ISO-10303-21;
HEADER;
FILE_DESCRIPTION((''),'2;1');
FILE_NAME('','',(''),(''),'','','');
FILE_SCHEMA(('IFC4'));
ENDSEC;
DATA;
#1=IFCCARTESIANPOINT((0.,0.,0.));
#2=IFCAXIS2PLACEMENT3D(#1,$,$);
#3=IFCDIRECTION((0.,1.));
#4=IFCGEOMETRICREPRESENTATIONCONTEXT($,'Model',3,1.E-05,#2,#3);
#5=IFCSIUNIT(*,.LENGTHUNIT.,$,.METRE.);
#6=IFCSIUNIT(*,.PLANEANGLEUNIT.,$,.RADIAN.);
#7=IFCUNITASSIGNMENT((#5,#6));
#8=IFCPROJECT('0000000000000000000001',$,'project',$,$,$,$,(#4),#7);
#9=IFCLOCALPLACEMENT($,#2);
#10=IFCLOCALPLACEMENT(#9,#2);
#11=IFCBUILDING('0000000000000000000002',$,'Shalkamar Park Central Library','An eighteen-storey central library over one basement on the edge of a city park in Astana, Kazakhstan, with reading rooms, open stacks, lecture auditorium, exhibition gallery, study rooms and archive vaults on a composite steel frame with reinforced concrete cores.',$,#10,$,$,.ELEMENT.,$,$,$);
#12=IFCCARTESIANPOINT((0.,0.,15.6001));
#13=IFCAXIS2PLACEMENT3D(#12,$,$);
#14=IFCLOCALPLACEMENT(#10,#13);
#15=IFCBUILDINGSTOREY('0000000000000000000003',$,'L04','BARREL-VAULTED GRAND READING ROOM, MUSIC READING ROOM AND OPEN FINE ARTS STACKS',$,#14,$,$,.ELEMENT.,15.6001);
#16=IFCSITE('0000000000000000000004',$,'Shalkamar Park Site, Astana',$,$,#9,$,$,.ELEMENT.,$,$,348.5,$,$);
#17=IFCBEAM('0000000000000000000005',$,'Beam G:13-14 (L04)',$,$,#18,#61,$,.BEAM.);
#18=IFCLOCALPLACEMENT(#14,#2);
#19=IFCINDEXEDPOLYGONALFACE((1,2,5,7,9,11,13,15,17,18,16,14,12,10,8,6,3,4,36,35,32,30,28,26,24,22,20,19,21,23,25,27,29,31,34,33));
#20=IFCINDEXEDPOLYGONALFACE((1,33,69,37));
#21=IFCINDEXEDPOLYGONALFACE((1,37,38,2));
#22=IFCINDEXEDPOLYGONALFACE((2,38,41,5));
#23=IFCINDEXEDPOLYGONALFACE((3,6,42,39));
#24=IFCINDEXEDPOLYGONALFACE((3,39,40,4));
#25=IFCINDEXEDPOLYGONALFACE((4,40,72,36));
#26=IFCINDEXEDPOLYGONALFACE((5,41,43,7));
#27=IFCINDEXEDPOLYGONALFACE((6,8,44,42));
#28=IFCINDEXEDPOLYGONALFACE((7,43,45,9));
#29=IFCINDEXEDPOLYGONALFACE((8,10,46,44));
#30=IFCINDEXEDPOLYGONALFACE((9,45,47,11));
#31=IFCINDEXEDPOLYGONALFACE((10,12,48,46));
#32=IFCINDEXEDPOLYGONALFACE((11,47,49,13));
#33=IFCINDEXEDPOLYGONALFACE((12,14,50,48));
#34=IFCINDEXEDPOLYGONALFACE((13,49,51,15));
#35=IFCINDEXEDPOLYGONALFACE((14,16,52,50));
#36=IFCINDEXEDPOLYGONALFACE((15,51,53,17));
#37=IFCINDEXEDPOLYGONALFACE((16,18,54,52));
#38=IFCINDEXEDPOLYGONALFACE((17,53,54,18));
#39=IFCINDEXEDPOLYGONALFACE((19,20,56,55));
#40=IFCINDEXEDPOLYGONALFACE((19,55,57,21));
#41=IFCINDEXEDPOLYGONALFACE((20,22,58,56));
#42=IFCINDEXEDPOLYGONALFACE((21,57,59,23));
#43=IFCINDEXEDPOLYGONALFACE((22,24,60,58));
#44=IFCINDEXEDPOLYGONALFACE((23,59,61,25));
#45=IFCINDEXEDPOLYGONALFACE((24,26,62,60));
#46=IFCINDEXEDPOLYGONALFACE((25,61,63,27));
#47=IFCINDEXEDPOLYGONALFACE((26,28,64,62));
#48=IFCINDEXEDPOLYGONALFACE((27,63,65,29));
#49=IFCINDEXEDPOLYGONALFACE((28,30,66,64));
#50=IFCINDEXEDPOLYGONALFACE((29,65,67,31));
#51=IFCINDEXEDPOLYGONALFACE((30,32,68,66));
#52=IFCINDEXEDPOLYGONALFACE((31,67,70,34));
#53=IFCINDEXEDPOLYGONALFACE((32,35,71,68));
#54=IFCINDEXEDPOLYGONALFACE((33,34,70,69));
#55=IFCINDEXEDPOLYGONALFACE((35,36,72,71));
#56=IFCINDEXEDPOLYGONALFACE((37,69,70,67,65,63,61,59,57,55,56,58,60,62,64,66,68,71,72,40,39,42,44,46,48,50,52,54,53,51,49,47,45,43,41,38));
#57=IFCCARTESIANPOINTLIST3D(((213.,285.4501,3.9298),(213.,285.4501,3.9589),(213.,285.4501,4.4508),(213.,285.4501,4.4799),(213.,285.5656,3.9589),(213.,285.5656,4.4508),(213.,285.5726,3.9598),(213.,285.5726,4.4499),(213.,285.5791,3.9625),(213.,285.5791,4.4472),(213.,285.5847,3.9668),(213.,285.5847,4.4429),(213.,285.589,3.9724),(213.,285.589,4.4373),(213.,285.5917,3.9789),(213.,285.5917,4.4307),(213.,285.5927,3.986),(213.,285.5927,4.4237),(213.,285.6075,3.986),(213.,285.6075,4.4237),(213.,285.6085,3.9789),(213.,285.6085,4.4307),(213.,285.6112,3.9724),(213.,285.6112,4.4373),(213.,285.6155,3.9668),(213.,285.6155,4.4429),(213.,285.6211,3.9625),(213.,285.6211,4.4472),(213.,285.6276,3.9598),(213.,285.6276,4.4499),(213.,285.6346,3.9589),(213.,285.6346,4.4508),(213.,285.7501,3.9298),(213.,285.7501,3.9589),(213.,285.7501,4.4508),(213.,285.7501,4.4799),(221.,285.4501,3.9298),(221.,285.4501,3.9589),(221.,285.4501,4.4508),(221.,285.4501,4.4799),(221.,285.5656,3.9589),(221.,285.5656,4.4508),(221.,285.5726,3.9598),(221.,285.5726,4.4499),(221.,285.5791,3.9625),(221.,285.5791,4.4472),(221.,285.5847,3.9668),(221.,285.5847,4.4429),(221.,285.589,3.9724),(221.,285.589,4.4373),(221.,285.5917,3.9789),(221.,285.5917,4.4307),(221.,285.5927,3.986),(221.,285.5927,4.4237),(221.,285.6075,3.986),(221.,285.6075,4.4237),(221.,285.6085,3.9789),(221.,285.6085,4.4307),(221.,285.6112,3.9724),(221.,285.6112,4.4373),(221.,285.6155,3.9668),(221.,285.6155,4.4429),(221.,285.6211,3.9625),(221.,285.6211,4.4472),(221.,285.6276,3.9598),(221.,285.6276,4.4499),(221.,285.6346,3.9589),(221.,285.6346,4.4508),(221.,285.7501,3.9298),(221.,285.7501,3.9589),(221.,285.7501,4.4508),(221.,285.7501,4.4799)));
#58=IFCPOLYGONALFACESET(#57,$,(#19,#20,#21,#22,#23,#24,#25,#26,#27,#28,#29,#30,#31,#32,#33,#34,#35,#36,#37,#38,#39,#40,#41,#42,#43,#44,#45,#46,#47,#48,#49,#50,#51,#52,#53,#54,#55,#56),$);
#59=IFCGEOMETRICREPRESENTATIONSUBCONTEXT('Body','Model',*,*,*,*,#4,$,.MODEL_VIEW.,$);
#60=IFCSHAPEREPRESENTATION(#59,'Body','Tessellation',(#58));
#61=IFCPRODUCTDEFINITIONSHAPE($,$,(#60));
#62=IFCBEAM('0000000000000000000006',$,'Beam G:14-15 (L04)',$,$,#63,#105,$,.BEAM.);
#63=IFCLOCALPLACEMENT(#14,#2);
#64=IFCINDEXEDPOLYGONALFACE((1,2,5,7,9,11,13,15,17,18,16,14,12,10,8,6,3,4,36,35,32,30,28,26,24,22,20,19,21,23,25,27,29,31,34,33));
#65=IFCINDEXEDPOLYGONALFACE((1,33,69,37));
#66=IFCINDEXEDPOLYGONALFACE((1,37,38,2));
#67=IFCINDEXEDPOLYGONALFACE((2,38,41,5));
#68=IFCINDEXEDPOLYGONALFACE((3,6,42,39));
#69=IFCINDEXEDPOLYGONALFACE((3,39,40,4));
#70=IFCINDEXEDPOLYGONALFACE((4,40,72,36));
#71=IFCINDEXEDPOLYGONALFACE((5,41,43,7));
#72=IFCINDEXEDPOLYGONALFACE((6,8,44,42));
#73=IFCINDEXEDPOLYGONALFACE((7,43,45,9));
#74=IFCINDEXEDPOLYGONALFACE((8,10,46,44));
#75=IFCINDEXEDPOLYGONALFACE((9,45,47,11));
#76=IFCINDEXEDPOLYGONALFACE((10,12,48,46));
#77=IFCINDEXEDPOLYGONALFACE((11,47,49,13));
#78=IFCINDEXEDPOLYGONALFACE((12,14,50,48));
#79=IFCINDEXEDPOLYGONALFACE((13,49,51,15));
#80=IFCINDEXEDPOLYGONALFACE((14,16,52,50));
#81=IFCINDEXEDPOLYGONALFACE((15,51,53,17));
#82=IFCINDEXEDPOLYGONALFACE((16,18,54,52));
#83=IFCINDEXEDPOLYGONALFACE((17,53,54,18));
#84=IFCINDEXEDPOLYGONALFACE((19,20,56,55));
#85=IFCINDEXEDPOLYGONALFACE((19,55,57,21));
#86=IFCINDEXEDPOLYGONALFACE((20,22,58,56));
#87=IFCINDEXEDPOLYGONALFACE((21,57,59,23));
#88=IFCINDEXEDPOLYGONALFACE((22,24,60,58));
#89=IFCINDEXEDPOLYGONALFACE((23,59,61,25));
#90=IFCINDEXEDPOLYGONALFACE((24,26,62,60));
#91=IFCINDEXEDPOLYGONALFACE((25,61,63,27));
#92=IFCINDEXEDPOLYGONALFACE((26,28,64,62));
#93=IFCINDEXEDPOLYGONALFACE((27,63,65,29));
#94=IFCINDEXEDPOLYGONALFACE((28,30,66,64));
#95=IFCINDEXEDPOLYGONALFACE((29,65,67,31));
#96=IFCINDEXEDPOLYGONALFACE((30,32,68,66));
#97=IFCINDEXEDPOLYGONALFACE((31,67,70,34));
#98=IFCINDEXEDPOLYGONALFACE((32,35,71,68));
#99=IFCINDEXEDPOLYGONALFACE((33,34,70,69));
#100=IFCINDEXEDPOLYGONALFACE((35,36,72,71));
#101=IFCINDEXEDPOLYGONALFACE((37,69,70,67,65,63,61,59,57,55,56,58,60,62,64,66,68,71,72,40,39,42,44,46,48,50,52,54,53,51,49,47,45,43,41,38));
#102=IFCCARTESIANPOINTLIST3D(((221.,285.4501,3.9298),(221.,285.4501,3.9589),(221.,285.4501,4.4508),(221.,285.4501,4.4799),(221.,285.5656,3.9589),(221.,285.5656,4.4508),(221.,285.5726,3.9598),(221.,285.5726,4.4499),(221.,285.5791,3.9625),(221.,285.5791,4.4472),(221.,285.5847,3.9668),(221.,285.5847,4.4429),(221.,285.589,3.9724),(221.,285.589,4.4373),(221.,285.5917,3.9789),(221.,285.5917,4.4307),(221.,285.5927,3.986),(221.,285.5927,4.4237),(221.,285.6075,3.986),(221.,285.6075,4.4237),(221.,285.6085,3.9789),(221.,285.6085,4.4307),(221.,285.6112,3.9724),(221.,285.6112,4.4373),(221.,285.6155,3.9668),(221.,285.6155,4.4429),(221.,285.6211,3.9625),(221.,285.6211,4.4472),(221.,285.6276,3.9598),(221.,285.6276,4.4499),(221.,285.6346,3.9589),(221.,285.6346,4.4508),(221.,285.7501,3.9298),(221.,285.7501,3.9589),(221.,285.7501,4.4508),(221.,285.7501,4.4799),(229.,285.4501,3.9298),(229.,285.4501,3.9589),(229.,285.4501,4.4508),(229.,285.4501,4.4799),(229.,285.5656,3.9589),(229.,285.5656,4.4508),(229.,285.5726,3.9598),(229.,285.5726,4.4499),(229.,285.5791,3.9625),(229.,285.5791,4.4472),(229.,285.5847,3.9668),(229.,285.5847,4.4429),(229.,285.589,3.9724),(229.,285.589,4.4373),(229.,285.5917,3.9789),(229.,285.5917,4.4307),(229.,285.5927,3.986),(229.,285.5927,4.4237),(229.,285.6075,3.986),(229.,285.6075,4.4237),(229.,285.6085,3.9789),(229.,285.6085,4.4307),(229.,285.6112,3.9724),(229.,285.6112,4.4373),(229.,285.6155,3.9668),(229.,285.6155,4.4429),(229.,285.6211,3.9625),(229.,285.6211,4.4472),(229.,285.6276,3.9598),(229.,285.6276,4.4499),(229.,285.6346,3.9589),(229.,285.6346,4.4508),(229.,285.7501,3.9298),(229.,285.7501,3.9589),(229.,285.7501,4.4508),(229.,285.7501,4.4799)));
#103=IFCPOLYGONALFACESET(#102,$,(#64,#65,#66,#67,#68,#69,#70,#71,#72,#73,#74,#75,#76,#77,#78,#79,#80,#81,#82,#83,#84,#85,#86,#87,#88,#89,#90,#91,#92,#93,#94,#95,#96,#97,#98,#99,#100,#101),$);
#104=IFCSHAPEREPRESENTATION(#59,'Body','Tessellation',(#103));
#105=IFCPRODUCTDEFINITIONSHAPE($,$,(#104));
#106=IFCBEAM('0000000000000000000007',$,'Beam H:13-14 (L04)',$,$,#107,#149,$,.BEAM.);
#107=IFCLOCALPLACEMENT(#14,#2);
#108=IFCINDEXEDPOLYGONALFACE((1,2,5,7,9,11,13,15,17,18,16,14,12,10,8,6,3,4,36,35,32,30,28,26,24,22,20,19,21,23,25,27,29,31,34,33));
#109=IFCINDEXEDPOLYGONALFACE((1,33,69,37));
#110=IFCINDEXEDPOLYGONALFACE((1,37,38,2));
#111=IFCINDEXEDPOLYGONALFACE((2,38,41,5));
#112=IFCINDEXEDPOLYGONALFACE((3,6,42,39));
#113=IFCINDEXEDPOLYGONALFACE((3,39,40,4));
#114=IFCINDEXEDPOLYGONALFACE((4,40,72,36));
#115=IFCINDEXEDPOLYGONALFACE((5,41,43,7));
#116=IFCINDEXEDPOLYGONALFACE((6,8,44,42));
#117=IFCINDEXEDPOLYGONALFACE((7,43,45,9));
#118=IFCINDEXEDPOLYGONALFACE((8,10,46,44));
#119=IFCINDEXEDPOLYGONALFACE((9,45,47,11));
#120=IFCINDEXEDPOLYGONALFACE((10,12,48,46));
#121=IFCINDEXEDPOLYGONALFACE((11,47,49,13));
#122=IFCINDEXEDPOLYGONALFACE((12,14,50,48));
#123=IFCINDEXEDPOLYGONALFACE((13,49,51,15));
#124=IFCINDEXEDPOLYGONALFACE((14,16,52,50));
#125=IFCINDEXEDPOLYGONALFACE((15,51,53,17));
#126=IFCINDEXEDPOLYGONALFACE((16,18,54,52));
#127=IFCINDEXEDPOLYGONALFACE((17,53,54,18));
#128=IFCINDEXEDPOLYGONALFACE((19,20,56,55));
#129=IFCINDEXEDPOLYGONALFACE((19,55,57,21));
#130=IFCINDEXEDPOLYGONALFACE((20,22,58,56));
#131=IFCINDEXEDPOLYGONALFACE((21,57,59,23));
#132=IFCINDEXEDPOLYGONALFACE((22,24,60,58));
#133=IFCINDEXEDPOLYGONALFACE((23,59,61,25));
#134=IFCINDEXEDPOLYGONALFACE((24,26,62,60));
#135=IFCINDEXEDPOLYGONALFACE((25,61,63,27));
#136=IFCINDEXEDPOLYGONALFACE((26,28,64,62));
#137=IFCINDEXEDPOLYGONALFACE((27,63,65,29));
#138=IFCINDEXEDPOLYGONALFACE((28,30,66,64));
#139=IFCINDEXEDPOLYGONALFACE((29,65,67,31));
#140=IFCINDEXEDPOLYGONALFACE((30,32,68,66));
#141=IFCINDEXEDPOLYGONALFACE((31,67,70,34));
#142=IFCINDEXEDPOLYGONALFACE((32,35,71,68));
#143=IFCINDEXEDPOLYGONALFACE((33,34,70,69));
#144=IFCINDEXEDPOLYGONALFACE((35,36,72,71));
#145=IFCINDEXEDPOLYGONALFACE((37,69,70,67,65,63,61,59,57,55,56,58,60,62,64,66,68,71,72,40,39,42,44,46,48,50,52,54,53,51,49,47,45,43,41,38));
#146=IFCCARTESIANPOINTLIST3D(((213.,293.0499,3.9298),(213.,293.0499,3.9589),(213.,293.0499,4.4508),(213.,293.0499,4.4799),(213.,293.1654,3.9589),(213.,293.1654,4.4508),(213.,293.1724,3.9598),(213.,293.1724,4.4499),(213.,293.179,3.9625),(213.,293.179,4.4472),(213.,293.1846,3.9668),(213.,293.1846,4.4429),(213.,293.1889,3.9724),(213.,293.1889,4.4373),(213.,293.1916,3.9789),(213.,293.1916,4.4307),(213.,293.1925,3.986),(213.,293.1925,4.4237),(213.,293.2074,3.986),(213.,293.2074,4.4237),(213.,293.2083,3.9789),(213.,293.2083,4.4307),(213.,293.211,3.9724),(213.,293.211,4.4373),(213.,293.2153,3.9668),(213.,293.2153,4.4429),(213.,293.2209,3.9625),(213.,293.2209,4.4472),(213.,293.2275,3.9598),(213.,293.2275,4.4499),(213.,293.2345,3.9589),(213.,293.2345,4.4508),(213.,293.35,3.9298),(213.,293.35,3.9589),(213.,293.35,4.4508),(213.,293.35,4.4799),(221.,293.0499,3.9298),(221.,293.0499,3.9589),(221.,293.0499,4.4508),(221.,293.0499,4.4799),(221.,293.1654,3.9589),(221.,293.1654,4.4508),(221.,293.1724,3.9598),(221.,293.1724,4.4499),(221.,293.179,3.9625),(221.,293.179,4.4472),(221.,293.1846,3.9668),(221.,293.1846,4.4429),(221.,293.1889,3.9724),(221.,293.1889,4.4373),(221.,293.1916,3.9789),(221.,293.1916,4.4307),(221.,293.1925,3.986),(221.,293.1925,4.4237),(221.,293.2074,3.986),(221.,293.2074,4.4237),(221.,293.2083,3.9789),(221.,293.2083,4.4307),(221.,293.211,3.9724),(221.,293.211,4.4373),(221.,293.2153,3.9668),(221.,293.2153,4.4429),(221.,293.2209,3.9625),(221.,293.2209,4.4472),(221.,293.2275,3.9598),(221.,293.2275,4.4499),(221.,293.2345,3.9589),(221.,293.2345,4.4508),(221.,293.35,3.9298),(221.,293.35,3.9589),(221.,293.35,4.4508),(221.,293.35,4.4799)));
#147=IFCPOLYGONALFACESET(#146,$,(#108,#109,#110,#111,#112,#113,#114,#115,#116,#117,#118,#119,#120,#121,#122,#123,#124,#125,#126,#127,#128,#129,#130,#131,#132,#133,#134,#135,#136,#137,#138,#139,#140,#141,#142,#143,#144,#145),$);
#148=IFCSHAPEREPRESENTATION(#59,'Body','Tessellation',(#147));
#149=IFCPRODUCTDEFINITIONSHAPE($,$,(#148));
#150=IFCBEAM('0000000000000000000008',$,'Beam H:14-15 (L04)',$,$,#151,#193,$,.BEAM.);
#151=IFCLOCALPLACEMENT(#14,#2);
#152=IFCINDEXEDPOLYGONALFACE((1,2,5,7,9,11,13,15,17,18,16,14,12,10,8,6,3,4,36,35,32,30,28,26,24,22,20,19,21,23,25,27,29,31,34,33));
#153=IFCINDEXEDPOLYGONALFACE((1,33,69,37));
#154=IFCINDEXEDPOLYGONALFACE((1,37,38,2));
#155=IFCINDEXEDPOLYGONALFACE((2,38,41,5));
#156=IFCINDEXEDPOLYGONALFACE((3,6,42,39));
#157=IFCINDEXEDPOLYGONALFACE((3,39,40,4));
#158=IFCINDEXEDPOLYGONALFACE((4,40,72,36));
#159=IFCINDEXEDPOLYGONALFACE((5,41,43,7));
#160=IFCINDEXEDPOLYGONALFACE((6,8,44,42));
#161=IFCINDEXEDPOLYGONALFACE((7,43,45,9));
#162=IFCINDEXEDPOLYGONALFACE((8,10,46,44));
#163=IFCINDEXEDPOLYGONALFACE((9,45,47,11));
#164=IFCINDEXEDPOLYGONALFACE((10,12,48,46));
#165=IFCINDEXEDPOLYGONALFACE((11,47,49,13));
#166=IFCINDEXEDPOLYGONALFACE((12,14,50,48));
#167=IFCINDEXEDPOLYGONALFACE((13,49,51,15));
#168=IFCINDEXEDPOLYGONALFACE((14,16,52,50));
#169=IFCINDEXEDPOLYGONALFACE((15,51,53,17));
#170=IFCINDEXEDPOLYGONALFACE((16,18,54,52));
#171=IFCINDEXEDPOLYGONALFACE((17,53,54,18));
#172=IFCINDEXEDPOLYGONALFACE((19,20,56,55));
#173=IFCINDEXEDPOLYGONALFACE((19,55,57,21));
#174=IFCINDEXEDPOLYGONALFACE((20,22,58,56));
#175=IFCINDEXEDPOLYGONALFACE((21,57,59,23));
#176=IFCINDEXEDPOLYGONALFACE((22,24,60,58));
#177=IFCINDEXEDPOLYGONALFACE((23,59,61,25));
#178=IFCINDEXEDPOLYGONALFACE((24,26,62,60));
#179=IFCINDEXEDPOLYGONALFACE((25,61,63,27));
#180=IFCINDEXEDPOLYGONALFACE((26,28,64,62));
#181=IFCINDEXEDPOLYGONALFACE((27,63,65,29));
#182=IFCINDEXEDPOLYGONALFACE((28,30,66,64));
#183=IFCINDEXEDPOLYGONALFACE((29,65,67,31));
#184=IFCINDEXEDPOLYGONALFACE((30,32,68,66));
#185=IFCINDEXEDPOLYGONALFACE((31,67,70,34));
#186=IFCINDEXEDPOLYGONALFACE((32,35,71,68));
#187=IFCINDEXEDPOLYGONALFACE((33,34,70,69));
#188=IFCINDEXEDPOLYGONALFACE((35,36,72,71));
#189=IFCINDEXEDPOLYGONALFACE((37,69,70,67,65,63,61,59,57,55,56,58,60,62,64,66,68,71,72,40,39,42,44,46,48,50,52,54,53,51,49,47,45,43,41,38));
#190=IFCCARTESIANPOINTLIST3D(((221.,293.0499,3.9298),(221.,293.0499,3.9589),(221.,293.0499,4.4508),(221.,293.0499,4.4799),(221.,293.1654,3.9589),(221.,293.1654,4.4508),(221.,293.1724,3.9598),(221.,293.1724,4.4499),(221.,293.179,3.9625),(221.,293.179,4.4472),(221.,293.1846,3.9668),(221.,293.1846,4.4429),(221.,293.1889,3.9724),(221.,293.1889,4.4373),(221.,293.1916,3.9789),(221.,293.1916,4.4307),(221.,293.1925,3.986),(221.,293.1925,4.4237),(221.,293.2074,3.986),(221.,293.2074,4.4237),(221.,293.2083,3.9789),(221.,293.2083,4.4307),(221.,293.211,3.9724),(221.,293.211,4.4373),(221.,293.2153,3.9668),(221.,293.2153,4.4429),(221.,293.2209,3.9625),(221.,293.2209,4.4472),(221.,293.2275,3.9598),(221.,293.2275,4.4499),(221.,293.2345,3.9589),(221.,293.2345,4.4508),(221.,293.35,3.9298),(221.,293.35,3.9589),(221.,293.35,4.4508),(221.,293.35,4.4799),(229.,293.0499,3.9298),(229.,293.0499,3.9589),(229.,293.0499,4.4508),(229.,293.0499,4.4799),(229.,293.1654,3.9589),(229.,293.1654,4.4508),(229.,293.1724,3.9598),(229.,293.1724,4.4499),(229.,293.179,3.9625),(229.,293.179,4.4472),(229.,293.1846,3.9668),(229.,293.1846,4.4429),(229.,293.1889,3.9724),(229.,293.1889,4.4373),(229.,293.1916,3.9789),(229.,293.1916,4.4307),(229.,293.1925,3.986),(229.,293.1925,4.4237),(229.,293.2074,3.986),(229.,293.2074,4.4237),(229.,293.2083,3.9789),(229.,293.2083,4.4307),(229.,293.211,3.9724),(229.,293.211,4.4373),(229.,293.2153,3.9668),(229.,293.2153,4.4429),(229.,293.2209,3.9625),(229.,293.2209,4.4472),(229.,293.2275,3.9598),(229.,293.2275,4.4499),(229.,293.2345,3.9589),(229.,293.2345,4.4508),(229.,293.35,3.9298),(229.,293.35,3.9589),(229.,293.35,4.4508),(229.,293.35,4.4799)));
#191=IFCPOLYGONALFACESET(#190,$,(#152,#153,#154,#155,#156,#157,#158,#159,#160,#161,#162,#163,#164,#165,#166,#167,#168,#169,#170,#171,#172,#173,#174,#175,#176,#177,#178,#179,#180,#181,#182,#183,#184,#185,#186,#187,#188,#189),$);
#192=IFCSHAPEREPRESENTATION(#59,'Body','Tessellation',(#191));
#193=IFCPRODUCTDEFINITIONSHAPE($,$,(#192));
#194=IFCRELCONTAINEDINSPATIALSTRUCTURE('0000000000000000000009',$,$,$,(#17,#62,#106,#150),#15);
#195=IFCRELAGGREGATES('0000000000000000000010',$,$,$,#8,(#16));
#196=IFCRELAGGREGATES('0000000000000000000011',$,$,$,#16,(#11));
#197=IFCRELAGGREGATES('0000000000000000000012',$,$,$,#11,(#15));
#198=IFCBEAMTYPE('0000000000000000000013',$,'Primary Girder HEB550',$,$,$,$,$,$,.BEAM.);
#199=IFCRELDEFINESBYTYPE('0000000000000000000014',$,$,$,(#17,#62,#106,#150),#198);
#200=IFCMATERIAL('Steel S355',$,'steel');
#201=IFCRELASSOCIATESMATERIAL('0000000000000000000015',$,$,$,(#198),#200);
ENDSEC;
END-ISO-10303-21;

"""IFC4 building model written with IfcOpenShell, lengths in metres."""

from ifc_helpers import new_model, si_unit, direction, frame, origin, origin_2d, place, context, subcontext, project, spatial, i_section, extrude, material, material_profile, profile_set, type_object, element, save


model = new_model("IFC4")

# Units and contexts
model_context = context("Model", 3, precision=1e-05, world=origin(), true_north=direction((0.0, 1.0)))
body_context = subcontext(model_context, "Body", "Model", "MODEL_VIEW")
ifc_project = project(units=[si_unit("LENGTHUNIT", "METRE"), si_unit("PLANEANGLEUNIT", "RADIAN")], contexts=[model_context])

# Site, building, storey
site_placement = place(None, origin())
site = spatial("IfcSite", under=ifc_project, at=site_placement, Name="Shalkamar Park Site, Astana", CompositionType="ELEMENT", RefElevation=348.5)
building_placement = place(site_placement, origin())
building = spatial("IfcBuilding", under=site, at=building_placement, Name="Shalkamar Park Central Library", Description="An eighteen-storey central library over one basement on the edge of a city park in Astana, Kazakhstan, with reading rooms, open stacks, lecture auditorium, exhibition gallery, study rooms and archive vaults on a composite steel frame with reinforced concrete cores.", CompositionType="ELEMENT")
storey_placement = place(building_placement, frame((0.0, 0.0, 15.6001)))
storey = spatial("IfcBuildingStorey", under=building, at=storey_placement, Name="L04", Description="BARREL-VAULTED GRAND READING ROOM, MUSIC READING ROOM AND OPEN FINE ARTS STACKS", CompositionType="ELEMENT", Elevation=15.6001)

# Shared definitions
ifc_material_1 = material(Name="Steel S355", Category="steel")

# Beams
ifc_material_profile_1 = material_profile(ifc_material_1, i_section(OverallWidth=0.3, OverallDepth=0.55, WebThickness=0.0149, FlangeThickness=0.0291, FilletRadius=0.0271, at=origin_2d()), Name="HEB 550")
ifc_profile_set_1 = profile_set([ifc_material_profile_1], Name="Steel S355")
beam_type_1 = type_object("IfcBeamType", Name="Primary Girder HEB550", PredefinedType="BEAM", material=ifc_profile_set_1)
for number, where, z_axis, x_axis, name in (
    (1, (213.0, 285.6001, 4.2048), (1.0, 0.0, 0.0), (0.0, 1.0, 0.0), "Beam G:13-14 (L04)"),
    (2, (221.0, 285.6001, 4.2048), (1.0, 0.0, 0.0), (0.0, 1.0, 0.0), "Beam G:14-15 (L04)"),
    (3, (213.0, 293.2, 4.2048), (1.0, 0.0, 0.0), (0.0, 1.0, 0.0), "Beam H:13-14 (L04)"),
    (4, (221.0, 293.2, 4.2048), (1.0, 0.0, 0.0), (0.0, 1.0, 0.0), "Beam H:14-15 (L04)"),
):
    element("IfcBeam", number, at=place(storey_placement, frame(where, z_axis=z_axis, x_axis=x_axis)), inside=storey, type_object=beam_type_1, Name=name, PredefinedType="BEAM", context=body_context, shape_type="SweptSolid", body=[
        extrude(i_section(OverallWidth=0.3, OverallDepth=0.55, WebThickness=0.0149, FlangeThickness=0.0291, FilletRadius=0.0271, at=origin_2d()), origin(), (0.0, 0.0, 1.0), 8.0),
    ])

save(model, "model.ifc")
